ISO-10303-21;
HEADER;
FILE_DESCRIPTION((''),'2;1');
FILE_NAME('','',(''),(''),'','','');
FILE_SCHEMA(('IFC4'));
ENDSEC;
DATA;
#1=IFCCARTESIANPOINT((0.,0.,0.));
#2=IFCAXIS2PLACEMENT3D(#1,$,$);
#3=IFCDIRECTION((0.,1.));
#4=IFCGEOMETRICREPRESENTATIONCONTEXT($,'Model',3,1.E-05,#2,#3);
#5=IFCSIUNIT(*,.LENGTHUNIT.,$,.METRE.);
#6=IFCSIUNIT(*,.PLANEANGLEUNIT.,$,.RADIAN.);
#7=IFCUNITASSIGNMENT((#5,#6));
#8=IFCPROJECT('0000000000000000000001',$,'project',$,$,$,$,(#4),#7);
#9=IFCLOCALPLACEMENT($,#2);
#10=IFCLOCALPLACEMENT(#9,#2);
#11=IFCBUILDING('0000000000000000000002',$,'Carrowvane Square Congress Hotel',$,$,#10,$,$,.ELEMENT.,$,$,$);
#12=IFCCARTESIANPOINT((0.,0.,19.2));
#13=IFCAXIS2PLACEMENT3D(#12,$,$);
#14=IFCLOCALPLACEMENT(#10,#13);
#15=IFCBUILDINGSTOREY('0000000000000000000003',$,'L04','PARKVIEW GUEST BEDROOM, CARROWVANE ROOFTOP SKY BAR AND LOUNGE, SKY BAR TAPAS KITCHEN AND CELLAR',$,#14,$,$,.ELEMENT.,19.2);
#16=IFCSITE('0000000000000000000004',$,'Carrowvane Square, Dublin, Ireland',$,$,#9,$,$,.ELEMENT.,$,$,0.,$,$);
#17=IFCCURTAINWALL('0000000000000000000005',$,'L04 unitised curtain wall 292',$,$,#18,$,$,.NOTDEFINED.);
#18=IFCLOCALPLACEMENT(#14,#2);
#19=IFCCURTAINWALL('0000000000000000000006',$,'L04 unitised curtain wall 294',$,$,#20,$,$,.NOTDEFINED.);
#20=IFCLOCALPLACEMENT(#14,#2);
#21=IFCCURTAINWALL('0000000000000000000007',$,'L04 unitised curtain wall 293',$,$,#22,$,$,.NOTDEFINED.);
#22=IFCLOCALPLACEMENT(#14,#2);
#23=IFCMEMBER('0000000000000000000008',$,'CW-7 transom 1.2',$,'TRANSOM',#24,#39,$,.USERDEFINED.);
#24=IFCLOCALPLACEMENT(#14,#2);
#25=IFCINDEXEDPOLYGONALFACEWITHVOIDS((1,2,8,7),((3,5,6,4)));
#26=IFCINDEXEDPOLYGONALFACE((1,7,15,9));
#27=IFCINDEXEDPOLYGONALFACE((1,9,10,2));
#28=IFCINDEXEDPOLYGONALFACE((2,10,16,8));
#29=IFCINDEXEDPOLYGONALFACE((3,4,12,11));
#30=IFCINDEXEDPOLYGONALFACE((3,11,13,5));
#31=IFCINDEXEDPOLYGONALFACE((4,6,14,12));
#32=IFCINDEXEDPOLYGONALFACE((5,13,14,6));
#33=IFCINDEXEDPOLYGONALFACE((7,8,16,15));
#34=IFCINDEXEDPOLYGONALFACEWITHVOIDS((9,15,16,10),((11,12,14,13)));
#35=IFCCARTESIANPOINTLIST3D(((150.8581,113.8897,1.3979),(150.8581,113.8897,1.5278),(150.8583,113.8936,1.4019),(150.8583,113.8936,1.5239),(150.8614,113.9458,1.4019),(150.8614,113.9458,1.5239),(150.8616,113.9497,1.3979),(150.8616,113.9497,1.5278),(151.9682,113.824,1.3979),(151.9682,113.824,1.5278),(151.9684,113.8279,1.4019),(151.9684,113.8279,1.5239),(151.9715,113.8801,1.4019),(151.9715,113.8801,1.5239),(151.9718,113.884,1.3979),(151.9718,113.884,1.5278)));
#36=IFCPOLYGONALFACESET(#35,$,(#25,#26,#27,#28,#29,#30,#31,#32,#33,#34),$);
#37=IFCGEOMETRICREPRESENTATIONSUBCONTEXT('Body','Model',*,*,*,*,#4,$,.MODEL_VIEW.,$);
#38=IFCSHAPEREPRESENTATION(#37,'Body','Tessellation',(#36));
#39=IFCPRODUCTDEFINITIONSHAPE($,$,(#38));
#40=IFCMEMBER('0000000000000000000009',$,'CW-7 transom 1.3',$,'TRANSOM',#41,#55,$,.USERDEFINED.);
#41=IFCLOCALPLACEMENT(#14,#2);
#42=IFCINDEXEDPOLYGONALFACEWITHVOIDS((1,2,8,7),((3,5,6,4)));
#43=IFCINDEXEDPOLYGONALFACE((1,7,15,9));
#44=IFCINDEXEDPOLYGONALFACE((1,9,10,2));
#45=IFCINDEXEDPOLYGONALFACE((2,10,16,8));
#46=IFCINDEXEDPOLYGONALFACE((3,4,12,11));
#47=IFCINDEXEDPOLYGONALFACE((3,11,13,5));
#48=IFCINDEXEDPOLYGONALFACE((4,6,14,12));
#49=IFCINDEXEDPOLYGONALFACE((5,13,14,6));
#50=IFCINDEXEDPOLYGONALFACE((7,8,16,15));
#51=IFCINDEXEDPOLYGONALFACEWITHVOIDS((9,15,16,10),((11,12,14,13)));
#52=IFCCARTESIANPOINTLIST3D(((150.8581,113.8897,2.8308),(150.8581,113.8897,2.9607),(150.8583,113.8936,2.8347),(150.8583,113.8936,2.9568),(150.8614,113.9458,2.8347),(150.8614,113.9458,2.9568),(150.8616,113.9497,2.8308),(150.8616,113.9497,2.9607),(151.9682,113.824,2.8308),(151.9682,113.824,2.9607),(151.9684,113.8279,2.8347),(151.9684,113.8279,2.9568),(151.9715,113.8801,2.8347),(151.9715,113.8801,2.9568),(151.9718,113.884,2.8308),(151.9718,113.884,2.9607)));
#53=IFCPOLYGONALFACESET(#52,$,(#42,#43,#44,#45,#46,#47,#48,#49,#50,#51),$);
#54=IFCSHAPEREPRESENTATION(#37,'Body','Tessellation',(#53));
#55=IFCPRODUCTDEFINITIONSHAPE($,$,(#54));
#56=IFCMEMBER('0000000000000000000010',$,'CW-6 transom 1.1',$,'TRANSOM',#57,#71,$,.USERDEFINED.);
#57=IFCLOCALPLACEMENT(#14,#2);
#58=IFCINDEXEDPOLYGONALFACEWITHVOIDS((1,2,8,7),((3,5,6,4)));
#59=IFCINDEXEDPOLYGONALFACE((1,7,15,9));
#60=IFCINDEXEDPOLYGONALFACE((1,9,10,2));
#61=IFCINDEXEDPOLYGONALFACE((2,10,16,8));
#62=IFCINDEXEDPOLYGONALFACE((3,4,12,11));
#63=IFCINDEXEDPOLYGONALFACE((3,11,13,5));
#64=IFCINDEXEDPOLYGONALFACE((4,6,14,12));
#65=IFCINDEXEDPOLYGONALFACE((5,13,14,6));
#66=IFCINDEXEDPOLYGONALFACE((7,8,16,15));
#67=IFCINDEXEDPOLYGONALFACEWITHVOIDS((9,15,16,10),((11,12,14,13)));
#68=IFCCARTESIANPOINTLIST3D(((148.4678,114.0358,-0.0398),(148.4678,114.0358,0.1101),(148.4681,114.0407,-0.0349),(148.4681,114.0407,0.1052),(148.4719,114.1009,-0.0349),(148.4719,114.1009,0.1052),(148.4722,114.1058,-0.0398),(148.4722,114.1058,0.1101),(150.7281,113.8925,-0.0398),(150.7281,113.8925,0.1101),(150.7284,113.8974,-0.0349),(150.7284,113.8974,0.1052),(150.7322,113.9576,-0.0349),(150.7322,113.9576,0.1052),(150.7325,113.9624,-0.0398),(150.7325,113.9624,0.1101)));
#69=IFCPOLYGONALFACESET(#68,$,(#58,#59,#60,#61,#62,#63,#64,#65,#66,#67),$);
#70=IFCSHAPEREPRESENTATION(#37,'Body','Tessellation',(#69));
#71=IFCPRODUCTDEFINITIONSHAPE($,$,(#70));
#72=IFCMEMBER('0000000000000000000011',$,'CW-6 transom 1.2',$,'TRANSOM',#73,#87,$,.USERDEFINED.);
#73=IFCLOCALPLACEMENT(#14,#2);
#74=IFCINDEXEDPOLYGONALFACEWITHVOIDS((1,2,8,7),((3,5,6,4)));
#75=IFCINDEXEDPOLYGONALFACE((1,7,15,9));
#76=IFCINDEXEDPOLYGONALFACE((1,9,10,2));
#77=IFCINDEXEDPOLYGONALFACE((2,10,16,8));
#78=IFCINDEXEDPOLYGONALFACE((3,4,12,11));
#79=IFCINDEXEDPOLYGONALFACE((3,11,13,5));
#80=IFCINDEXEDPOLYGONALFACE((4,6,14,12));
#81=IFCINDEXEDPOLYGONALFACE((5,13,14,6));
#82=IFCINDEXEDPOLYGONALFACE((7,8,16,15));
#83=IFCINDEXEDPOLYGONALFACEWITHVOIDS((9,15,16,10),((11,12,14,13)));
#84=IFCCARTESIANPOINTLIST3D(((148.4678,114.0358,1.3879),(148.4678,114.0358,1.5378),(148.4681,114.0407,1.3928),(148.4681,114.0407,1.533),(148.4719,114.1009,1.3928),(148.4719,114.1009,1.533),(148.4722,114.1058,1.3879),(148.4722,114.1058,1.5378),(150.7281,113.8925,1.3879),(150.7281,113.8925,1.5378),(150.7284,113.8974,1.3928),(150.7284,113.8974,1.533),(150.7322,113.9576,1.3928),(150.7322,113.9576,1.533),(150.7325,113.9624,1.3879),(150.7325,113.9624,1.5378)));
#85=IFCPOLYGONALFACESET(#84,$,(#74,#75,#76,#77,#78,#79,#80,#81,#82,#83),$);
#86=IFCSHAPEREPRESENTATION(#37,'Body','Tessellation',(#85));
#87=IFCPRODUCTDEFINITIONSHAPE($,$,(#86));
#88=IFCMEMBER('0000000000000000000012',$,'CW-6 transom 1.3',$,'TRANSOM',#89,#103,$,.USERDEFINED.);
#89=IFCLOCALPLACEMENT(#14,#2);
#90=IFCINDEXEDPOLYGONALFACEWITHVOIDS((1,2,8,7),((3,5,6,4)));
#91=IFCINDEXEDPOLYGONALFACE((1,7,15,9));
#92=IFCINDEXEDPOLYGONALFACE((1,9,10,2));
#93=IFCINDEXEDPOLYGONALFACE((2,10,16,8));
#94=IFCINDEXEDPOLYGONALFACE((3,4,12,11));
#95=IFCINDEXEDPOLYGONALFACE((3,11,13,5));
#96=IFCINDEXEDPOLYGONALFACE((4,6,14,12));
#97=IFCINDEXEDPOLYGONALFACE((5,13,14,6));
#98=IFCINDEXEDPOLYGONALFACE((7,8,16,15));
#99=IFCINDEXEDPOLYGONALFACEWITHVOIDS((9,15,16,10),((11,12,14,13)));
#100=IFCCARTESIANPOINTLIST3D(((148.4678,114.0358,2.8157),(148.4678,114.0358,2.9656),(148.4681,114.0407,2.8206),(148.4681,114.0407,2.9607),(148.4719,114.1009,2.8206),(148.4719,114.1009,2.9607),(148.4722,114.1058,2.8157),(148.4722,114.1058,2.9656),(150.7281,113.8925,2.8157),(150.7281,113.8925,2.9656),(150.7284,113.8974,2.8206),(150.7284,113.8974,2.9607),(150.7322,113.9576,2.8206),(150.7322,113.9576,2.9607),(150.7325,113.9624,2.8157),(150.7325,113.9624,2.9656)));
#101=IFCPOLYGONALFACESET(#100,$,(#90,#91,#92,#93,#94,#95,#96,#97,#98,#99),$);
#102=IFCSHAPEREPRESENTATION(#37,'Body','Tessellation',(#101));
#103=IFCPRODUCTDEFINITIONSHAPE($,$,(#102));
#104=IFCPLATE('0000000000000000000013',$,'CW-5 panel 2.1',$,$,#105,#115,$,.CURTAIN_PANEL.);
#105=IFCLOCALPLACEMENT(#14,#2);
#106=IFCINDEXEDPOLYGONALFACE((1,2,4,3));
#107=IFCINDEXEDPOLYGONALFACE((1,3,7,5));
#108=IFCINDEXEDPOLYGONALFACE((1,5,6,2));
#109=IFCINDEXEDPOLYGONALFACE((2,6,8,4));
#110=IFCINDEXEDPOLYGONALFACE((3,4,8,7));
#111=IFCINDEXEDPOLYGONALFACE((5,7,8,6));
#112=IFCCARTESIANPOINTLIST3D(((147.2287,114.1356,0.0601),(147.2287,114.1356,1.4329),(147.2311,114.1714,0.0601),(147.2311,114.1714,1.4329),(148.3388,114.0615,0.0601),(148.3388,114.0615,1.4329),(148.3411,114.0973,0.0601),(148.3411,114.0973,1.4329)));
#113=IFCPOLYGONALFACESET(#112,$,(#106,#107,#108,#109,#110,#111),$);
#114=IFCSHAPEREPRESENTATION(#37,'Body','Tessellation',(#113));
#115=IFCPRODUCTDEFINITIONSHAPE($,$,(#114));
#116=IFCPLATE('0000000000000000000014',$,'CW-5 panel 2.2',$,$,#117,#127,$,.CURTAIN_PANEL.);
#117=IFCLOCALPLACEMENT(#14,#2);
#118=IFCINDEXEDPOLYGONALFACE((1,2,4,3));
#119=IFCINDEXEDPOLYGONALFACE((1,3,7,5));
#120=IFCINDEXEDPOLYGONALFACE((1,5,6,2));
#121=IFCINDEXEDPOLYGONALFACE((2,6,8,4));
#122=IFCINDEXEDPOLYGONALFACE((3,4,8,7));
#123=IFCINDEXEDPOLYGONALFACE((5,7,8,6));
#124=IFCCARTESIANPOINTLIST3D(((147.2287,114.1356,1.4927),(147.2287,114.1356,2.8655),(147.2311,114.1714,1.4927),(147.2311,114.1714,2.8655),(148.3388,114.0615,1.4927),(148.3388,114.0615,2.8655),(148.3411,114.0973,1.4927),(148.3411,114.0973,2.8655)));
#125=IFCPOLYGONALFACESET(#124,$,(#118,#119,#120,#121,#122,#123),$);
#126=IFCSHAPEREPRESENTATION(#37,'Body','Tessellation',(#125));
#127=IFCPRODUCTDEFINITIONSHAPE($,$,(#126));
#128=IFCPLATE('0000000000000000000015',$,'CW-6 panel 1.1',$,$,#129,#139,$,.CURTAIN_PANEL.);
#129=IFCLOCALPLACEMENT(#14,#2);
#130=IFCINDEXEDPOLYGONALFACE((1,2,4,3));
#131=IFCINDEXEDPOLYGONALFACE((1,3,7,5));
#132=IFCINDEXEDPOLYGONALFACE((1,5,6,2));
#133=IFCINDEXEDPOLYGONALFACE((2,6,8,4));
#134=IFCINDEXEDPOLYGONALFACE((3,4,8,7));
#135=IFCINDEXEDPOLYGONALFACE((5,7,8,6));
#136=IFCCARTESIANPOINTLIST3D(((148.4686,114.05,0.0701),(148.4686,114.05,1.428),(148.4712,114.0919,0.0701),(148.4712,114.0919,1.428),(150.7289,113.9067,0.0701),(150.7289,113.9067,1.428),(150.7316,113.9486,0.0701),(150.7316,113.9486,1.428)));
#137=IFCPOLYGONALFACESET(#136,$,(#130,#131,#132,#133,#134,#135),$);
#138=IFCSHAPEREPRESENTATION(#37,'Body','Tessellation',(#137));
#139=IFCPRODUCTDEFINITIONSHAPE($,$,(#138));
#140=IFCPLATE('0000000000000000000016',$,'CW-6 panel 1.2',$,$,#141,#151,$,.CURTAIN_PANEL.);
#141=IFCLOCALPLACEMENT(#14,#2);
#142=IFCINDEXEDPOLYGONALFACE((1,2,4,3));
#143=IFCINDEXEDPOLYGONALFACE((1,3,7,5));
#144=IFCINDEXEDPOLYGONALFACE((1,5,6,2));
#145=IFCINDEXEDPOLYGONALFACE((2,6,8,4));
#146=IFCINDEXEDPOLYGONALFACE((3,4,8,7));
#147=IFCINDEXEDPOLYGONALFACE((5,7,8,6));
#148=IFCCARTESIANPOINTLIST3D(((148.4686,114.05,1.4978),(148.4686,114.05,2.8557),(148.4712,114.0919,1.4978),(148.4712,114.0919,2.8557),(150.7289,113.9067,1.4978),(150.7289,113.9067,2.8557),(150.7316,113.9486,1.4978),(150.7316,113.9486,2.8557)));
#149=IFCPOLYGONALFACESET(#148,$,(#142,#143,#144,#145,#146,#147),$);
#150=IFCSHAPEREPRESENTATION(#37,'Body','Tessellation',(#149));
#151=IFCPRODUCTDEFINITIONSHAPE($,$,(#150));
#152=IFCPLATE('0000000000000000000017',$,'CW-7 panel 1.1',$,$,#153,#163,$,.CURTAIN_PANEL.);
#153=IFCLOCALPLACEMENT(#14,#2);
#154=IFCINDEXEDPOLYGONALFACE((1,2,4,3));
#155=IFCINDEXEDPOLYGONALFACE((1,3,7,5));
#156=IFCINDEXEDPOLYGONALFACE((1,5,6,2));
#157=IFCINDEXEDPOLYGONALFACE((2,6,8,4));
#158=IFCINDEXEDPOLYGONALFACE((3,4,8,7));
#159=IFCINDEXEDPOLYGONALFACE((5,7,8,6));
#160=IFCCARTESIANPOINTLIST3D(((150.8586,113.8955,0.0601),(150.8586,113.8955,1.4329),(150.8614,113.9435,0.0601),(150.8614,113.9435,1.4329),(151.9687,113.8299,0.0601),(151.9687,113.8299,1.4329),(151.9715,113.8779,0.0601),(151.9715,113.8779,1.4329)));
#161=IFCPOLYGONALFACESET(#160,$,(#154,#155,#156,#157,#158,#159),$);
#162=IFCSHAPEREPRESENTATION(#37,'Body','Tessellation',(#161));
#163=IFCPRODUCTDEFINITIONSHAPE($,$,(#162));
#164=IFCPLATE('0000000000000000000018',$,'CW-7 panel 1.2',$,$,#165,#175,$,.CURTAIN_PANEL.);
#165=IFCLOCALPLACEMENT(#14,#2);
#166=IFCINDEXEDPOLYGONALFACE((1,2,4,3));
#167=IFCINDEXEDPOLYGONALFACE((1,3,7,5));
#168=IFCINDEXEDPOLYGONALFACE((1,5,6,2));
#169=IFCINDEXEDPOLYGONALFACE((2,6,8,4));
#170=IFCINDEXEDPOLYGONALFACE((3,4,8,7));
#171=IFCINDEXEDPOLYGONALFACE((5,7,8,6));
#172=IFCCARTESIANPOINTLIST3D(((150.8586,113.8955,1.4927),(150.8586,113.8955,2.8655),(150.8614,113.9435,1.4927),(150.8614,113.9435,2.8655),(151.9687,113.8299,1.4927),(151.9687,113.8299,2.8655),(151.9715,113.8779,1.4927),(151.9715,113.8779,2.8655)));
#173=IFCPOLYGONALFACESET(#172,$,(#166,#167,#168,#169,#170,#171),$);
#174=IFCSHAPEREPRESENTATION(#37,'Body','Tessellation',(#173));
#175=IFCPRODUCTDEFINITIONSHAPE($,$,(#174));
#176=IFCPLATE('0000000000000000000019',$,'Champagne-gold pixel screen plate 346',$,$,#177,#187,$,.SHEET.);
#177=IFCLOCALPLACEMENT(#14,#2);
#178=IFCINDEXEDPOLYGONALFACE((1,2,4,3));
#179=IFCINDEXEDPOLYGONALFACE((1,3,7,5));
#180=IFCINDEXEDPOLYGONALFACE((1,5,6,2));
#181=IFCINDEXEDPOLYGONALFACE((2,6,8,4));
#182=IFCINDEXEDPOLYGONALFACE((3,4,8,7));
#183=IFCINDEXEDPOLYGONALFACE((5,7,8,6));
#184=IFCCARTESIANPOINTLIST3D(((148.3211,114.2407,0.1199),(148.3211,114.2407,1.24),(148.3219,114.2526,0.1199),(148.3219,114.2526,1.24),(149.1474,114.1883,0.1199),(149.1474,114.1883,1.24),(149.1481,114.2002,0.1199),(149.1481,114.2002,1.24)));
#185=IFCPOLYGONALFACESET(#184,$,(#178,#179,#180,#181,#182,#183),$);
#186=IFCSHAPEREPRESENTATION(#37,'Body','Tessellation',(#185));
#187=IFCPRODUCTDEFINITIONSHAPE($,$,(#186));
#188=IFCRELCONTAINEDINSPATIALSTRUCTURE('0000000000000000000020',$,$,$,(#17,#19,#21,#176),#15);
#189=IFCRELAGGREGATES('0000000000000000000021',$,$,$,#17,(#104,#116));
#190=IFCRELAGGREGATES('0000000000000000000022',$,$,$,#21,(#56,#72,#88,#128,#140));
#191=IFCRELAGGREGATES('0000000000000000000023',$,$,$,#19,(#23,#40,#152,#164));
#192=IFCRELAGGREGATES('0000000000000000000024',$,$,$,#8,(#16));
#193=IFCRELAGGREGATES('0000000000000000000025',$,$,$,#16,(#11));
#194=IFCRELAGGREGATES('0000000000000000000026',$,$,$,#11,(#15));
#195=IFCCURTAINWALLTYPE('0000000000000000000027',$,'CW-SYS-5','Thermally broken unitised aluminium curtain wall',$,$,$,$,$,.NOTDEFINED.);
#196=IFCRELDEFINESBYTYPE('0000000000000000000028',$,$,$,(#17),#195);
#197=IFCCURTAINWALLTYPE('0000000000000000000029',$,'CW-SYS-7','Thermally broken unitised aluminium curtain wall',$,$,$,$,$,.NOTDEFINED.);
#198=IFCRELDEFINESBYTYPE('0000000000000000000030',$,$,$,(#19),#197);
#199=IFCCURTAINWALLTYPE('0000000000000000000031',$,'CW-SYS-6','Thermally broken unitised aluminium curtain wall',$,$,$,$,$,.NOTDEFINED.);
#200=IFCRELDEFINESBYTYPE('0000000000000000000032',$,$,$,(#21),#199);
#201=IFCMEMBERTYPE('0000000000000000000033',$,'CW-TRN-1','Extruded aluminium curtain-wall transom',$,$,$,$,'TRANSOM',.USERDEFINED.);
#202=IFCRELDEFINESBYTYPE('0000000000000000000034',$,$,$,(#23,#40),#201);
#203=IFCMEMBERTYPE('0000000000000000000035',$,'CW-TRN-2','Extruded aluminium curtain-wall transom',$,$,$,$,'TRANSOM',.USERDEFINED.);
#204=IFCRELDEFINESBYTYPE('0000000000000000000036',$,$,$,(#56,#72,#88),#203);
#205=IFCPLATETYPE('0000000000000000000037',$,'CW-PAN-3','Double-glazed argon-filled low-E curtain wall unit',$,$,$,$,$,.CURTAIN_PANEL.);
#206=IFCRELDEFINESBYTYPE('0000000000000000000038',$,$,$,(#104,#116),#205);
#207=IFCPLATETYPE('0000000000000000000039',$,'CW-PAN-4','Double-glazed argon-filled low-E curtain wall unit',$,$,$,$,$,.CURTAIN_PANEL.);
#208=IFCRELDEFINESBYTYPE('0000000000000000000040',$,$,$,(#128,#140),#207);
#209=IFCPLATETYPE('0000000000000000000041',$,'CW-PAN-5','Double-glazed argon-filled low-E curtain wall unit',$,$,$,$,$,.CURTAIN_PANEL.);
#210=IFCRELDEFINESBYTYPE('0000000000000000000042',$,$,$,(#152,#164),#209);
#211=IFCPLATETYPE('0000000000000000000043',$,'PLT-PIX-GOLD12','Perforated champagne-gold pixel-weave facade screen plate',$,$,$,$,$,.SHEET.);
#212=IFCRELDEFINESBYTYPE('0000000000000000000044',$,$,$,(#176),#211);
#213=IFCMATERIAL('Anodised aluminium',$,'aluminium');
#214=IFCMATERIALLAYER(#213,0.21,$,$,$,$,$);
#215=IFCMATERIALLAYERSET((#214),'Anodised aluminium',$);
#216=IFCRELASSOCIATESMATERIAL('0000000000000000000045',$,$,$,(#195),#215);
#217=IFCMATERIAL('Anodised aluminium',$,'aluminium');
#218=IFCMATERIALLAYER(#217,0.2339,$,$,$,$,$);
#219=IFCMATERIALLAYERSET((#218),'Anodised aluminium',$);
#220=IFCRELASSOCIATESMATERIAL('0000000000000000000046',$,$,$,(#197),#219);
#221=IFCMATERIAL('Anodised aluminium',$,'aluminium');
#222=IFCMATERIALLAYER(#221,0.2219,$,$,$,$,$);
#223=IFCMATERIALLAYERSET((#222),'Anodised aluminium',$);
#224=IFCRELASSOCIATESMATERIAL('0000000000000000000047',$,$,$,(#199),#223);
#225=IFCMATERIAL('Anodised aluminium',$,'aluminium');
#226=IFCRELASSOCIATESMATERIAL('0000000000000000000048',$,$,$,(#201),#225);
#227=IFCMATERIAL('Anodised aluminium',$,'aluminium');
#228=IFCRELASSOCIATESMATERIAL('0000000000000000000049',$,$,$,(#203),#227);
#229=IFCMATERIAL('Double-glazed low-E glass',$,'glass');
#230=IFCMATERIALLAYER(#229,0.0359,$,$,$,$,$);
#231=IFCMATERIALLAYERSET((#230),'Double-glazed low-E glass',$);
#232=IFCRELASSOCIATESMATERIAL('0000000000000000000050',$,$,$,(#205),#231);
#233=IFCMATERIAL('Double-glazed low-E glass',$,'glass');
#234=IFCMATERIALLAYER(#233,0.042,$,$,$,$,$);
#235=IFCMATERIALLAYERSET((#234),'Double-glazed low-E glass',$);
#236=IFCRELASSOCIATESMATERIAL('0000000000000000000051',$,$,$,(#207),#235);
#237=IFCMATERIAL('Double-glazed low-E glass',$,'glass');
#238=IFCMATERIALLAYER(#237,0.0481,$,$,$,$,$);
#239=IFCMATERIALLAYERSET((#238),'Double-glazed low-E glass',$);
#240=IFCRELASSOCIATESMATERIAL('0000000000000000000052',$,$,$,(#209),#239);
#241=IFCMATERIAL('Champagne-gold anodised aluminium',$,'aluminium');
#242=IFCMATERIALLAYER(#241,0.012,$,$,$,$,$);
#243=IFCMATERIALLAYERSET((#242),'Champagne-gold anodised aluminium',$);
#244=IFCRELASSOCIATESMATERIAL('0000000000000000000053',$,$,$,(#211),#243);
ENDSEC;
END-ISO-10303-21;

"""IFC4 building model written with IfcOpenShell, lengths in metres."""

from ifc_helpers import new_model, si_unit, direction, frame, origin, origin_2d, place, context, subcontext, project, spatial, rectangle, hollow_rectangle, extrude, material, layer, layer_set, material_profile, profile_set, type_object, element, aggregate, save


model = new_model("IFC4")

# Units and contexts
model_context = context("Model", 3, precision=1e-05, world=origin(), true_north=direction((0.0, 1.0)))
body_context = subcontext(model_context, "Body", "Model", "MODEL_VIEW")
ifc_project = project(units=[si_unit("LENGTHUNIT", "METRE"), si_unit("PLANEANGLEUNIT", "RADIAN")], contexts=[model_context])

# Site, building, storey
site_placement = place(None, origin())
site = spatial("IfcSite", under=ifc_project, at=site_placement, Name="Carrowvane Square, Dublin, Ireland", CompositionType="ELEMENT", RefElevation=0.0)
building_placement = place(site_placement, origin())
building = spatial("IfcBuilding", under=site, at=building_placement, Name="Carrowvane Square Congress Hotel", CompositionType="ELEMENT")
storey_placement = place(building_placement, frame((0.0, 0.0, 19.2)))
storey = spatial("IfcBuildingStorey", under=building, at=storey_placement, Name="L04", Description="PARKVIEW GUEST BEDROOM, CARROWVANE ROOFTOP SKY BAR AND LOUNGE, SKY BAR TAPAS KITCHEN AND CELLAR", CompositionType="ELEMENT", Elevation=19.2)

# Curtain walls
ifc_material_1 = material(Name="Anodised aluminium", Category="aluminium")
ifc_layer_1 = layer(ifc_material_1, 0.21)
ifc_layer_set_1 = layer_set([ifc_layer_1], Name="Anodised aluminium")
curtain_wall_type_1 = type_object("IfcCurtainWallType", Name="CW-SYS-5", Description="Thermally broken unitised aluminium curtain wall", PredefinedType="NOTDEFINED", material=ifc_layer_set_1)
curtain_wall_1_placement = place(storey_placement, origin())
curtain_wall_1 = element("IfcCurtainWall", 1, at=curtain_wall_1_placement, inside=storey, type_object=curtain_wall_type_1, Name="L04 unitised curtain wall 292", PredefinedType="NOTDEFINED")
ifc_material_2 = material(Name="Anodised aluminium", Category="aluminium")
ifc_layer_2 = layer(ifc_material_2, 0.2339)
ifc_layer_set_2 = layer_set([ifc_layer_2], Name="Anodised aluminium")
curtain_wall_type_2 = type_object("IfcCurtainWallType", Name="CW-SYS-7", Description="Thermally broken unitised aluminium curtain wall", PredefinedType="NOTDEFINED", material=ifc_layer_set_2)
curtain_wall_2_placement = place(storey_placement, origin())
curtain_wall_2 = element("IfcCurtainWall", 2, at=curtain_wall_2_placement, inside=storey, type_object=curtain_wall_type_2, Name="L04 unitised curtain wall 294", PredefinedType="NOTDEFINED")
ifc_material_3 = material(Name="Anodised aluminium", Category="aluminium")
ifc_layer_3 = layer(ifc_material_3, 0.2219)
ifc_layer_set_3 = layer_set([ifc_layer_3], Name="Anodised aluminium")
curtain_wall_type_3 = type_object("IfcCurtainWallType", Name="CW-SYS-6", Description="Thermally broken unitised aluminium curtain wall", PredefinedType="NOTDEFINED", material=ifc_layer_set_3)
curtain_wall_3_placement = place(storey_placement, origin())
curtain_wall_3 = element("IfcCurtainWall", 3, at=curtain_wall_3_placement, inside=storey, type_object=curtain_wall_type_3, Name="L04 unitised curtain wall 293", PredefinedType="NOTDEFINED")

# Members
ifc_material_4 = material(Name="Anodised aluminium", Category="aluminium")
ifc_material_profile_1 = material_profile(ifc_material_4, hollow_rectangle(XDim=0.0601, YDim=0.1299, WallThickness=0.0039, at=origin_2d()), Name="CW-TR 60x130x4")
ifc_profile_set_1 = profile_set([ifc_material_profile_1], Name="Anodised aluminium")
member_type_1 = type_object("IfcMemberType", Name="CW-TRN-1", Description="Extruded aluminium curtain-wall transom", ElementType="TRANSOM", PredefinedType="USERDEFINED", material=ifc_profile_set_1)
member_1_placement = place(storey_placement, frame((150.8599, 113.9197, 1.4629), z_axis=(0.998255, -0.059057, 0.0), x_axis=(0.059057, 0.998255, 0.0)))
member_1 = element("IfcMember", 4, at=member_1_placement, type_object=member_type_1, Name="CW-7 transom 1.2", ObjectType="TRANSOM", PredefinedType="USERDEFINED", context=body_context, shape_type="SweptSolid", body=[
    extrude(hollow_rectangle(XDim=0.0601, YDim=0.1299, WallThickness=0.0039, at=origin_2d()), origin(), (0.0, 0.0, 1.0), 1.1121),
])
member_2_placement = place(storey_placement, frame((150.8599, 113.9197, 2.8958), z_axis=(0.998255, -0.059057, 0.0), x_axis=(0.059057, 0.998255, 0.0)))
member_2 = element("IfcMember", 5, at=member_2_placement, type_object=member_type_1, Name="CW-7 transom 1.3", ObjectType="TRANSOM", PredefinedType="USERDEFINED", context=body_context, shape_type="SweptSolid", body=[
    extrude(hollow_rectangle(XDim=0.0601, YDim=0.1299, WallThickness=0.0039, at=origin_2d()), origin(), (0.0, 0.0, 1.0), 1.1121),
])
ifc_material_5 = material(Name="Anodised aluminium", Category="aluminium")
ifc_material_profile_2 = material_profile(ifc_material_5, hollow_rectangle(XDim=0.0701, YDim=0.1499, WallThickness=0.0049, at=origin_2d()), Name="CW-TR 70x150x5")
ifc_profile_set_2 = profile_set([ifc_material_profile_2], Name="Anodised aluminium")
member_type_2 = type_object("IfcMemberType", Name="CW-TRN-2", Description="Extruded aluminium curtain-wall transom", ElementType="TRANSOM", PredefinedType="USERDEFINED", material=ifc_profile_set_2)
member_3_placement = place(storey_placement, frame((148.47, 114.0708, 0.0352), z_axis=(0.997996, -0.063278, 0.0), x_axis=(0.063278, 0.997996, 0.0)))
member_3 = element("IfcMember", 6, at=member_3_placement, type_object=member_type_2, Name="CW-6 transom 1.1", ObjectType="TRANSOM", PredefinedType="USERDEFINED", context=body_context, shape_type="SweptSolid", body=[
    extrude(hollow_rectangle(XDim=0.0701, YDim=0.1499, WallThickness=0.0049, at=origin_2d()), origin(), (0.0, 0.0, 1.0), 2.2649),
])
member_4_placement = place(storey_placement, frame((148.47, 114.0708, 1.4629), z_axis=(0.997996, -0.063278, 0.0), x_axis=(0.063278, 0.997996, 0.0)))
member_4 = element("IfcMember", 7, at=member_4_placement, type_object=member_type_2, Name="CW-6 transom 1.2", ObjectType="TRANSOM", PredefinedType="USERDEFINED", context=body_context, shape_type="SweptSolid", body=[
    extrude(hollow_rectangle(XDim=0.0701, YDim=0.1499, WallThickness=0.0049, at=origin_2d()), origin(), (0.0, 0.0, 1.0), 2.2649),
])
member_5_placement = place(storey_placement, frame((148.47, 114.0708, 2.8906), z_axis=(0.997996, -0.063278, 0.0), x_axis=(0.063278, 0.997996, 0.0)))
member_5 = element("IfcMember", 8, at=member_5_placement, type_object=member_type_2, Name="CW-6 transom 1.3", ObjectType="TRANSOM", PredefinedType="USERDEFINED", context=body_context, shape_type="SweptSolid", body=[
    extrude(hollow_rectangle(XDim=0.0701, YDim=0.1499, WallThickness=0.0049, at=origin_2d()), origin(), (0.0, 0.0, 1.0), 2.2649),
])

# Plates
ifc_material_6 = material(Name="Double-glazed low-E glass", Category="glass")
ifc_layer_4 = layer(ifc_material_6, 0.0359)
ifc_layer_set_4 = layer_set([ifc_layer_4], Name="Double-glazed low-E glass")
plate_type_1 = type_object("IfcPlateType", Name="CW-PAN-3", Description="Double-glazed argon-filled low-E curtain wall unit", PredefinedType="CURTAIN_PANEL", material=ifc_layer_set_4)
plate_1_placement = place(storey_placement, frame((147.7849, 114.1165, 0.0601), z_axis=(0.0, 0.0, 1.0), x_axis=(0.997781, -0.066574, 0.0)))
plate_1 = element("IfcPlate", 9, at=plate_1_placement, type_object=plate_type_1, Name="CW-5 panel 2.1", PredefinedType="CURTAIN_PANEL", context=body_context, shape_type="SweptSolid", body=[
    extrude(rectangle(XDim=1.1125, YDim=0.0359, at=origin_2d()), origin(), (0.0, 0.0, 1.0), 1.3728),
])
plate_2_placement = place(storey_placement, frame((147.7849, 114.1165, 1.4927), z_axis=(0.0, 0.0, 1.0), x_axis=(0.997781, -0.066574, 0.0)))
plate_2 = element("IfcPlate", 10, at=plate_2_placement, type_object=plate_type_1, Name="CW-5 panel 2.2", PredefinedType="CURTAIN_PANEL", context=body_context, shape_type="SweptSolid", body=[
    extrude(rectangle(XDim=1.1125, YDim=0.0359, at=origin_2d()), origin(), (0.0, 0.0, 1.0), 1.3728),
])
aggregate(curtain_wall_1, [plate_1, plate_2])
ifc_material_7 = material(Name="Double-glazed low-E glass", Category="glass")
ifc_layer_5 = layer(ifc_material_7, 0.042)
ifc_layer_set_5 = layer_set([ifc_layer_5], Name="Double-glazed low-E glass")
plate_type_2 = type_object("IfcPlateType", Name="CW-PAN-4", Description="Double-glazed argon-filled low-E curtain wall unit", PredefinedType="CURTAIN_PANEL", material=ifc_layer_set_5)
plate_3_placement = place(storey_placement, frame((149.6001, 113.9993, 0.0701), z_axis=(0.0, 0.0, 1.0), x_axis=(0.997996, -0.063273, 0.0)))
plate_3 = element("IfcPlate", 11, at=plate_3_placement, type_object=plate_type_2, Name="CW-6 panel 1.1", PredefinedType="CURTAIN_PANEL", context=body_context, shape_type="SweptSolid", body=[
    extrude(rectangle(XDim=2.2649, YDim=0.042, at=origin_2d()), origin(), (0.0, 0.0, 1.0), 1.3579),
])
plate_4_placement = place(storey_placement, frame((149.6001, 113.9993, 1.4978), z_axis=(0.0, 0.0, 1.0), x_axis=(0.997996, -0.063273, 0.0)))
plate_4 = element("IfcPlate", 12, at=plate_4_placement, type_object=plate_type_2, Name="CW-6 panel 1.2", PredefinedType="CURTAIN_PANEL", context=body_context, shape_type="SweptSolid", body=[
    extrude(rectangle(XDim=2.2649, YDim=0.042, at=origin_2d()), origin(), (0.0, 0.0, 1.0), 1.3579),
])
aggregate(curtain_wall_3, [member_3, member_4, member_5, plate_3, plate_4])
ifc_material_8 = material(Name="Double-glazed low-E glass", Category="glass")
ifc_layer_6 = layer(ifc_material_8, 0.0481)
ifc_layer_set_6 = layer_set([ifc_layer_6], Name="Double-glazed low-E glass")
plate_type_3 = type_object("IfcPlateType", Name="CW-PAN-5", Description="Double-glazed argon-filled low-E curtain wall unit", PredefinedType="CURTAIN_PANEL", material=ifc_layer_set_6)
plate_5_placement = place(storey_placement, frame((151.415, 113.8867, 0.0601), z_axis=(0.0, 0.0, 1.0), x_axis=(0.998259, -0.058989, 0.0)))
plate_5 = element("IfcPlate", 13, at=plate_5_placement, type_object=plate_type_3, Name="CW-7 panel 1.1", PredefinedType="CURTAIN_PANEL", context=body_context, shape_type="SweptSolid", body=[
    extrude(rectangle(XDim=1.1121, YDim=0.0481, at=origin_2d()), origin(), (0.0, 0.0, 1.0), 1.3728),
])
plate_6_placement = place(storey_placement, frame((151.415, 113.8867, 1.4927), z_axis=(0.0, 0.0, 1.0), x_axis=(0.998259, -0.058989, 0.0)))
plate_6 = element("IfcPlate", 14, at=plate_6_placement, type_object=plate_type_3, Name="CW-7 panel 1.2", PredefinedType="CURTAIN_PANEL", context=body_context, shape_type="SweptSolid", body=[
    extrude(rectangle(XDim=1.1121, YDim=0.0481, at=origin_2d()), origin(), (0.0, 0.0, 1.0), 1.3728),
])
aggregate(curtain_wall_2, [member_1, member_2, plate_5, plate_6])

# Plate
ifc_material_9 = material(Name="Champagne-gold anodised aluminium", Category="aluminium")
ifc_layer_7 = layer(ifc_material_9, 0.012)
ifc_layer_set_7 = layer_set([ifc_layer_7], Name="Champagne-gold anodised aluminium")
plate_type_4 = type_object("IfcPlateType", Name="PLT-PIX-GOLD12", Description="Perforated champagne-gold pixel-weave facade screen plate", PredefinedType="SHEET", material=ifc_layer_set_7)
plate_7_placement = place(storey_placement, frame((148.7346, 114.2205, 0.1199), z_axis=(0.0, 0.0, 1.0), x_axis=(0.997996, -0.063277, 0.0)))
element("IfcPlate", 15, at=plate_7_placement, inside=storey, type_object=plate_type_4, Name="Champagne-gold pixel screen plate 346", PredefinedType="SHEET", context=body_context, shape_type="SweptSolid", body=[
    extrude(rectangle(XDim=0.8279, YDim=0.012, at=origin_2d()), origin(), (0.0, 0.0, 1.0), 1.1201),
])

save(model, "model.ifc")
